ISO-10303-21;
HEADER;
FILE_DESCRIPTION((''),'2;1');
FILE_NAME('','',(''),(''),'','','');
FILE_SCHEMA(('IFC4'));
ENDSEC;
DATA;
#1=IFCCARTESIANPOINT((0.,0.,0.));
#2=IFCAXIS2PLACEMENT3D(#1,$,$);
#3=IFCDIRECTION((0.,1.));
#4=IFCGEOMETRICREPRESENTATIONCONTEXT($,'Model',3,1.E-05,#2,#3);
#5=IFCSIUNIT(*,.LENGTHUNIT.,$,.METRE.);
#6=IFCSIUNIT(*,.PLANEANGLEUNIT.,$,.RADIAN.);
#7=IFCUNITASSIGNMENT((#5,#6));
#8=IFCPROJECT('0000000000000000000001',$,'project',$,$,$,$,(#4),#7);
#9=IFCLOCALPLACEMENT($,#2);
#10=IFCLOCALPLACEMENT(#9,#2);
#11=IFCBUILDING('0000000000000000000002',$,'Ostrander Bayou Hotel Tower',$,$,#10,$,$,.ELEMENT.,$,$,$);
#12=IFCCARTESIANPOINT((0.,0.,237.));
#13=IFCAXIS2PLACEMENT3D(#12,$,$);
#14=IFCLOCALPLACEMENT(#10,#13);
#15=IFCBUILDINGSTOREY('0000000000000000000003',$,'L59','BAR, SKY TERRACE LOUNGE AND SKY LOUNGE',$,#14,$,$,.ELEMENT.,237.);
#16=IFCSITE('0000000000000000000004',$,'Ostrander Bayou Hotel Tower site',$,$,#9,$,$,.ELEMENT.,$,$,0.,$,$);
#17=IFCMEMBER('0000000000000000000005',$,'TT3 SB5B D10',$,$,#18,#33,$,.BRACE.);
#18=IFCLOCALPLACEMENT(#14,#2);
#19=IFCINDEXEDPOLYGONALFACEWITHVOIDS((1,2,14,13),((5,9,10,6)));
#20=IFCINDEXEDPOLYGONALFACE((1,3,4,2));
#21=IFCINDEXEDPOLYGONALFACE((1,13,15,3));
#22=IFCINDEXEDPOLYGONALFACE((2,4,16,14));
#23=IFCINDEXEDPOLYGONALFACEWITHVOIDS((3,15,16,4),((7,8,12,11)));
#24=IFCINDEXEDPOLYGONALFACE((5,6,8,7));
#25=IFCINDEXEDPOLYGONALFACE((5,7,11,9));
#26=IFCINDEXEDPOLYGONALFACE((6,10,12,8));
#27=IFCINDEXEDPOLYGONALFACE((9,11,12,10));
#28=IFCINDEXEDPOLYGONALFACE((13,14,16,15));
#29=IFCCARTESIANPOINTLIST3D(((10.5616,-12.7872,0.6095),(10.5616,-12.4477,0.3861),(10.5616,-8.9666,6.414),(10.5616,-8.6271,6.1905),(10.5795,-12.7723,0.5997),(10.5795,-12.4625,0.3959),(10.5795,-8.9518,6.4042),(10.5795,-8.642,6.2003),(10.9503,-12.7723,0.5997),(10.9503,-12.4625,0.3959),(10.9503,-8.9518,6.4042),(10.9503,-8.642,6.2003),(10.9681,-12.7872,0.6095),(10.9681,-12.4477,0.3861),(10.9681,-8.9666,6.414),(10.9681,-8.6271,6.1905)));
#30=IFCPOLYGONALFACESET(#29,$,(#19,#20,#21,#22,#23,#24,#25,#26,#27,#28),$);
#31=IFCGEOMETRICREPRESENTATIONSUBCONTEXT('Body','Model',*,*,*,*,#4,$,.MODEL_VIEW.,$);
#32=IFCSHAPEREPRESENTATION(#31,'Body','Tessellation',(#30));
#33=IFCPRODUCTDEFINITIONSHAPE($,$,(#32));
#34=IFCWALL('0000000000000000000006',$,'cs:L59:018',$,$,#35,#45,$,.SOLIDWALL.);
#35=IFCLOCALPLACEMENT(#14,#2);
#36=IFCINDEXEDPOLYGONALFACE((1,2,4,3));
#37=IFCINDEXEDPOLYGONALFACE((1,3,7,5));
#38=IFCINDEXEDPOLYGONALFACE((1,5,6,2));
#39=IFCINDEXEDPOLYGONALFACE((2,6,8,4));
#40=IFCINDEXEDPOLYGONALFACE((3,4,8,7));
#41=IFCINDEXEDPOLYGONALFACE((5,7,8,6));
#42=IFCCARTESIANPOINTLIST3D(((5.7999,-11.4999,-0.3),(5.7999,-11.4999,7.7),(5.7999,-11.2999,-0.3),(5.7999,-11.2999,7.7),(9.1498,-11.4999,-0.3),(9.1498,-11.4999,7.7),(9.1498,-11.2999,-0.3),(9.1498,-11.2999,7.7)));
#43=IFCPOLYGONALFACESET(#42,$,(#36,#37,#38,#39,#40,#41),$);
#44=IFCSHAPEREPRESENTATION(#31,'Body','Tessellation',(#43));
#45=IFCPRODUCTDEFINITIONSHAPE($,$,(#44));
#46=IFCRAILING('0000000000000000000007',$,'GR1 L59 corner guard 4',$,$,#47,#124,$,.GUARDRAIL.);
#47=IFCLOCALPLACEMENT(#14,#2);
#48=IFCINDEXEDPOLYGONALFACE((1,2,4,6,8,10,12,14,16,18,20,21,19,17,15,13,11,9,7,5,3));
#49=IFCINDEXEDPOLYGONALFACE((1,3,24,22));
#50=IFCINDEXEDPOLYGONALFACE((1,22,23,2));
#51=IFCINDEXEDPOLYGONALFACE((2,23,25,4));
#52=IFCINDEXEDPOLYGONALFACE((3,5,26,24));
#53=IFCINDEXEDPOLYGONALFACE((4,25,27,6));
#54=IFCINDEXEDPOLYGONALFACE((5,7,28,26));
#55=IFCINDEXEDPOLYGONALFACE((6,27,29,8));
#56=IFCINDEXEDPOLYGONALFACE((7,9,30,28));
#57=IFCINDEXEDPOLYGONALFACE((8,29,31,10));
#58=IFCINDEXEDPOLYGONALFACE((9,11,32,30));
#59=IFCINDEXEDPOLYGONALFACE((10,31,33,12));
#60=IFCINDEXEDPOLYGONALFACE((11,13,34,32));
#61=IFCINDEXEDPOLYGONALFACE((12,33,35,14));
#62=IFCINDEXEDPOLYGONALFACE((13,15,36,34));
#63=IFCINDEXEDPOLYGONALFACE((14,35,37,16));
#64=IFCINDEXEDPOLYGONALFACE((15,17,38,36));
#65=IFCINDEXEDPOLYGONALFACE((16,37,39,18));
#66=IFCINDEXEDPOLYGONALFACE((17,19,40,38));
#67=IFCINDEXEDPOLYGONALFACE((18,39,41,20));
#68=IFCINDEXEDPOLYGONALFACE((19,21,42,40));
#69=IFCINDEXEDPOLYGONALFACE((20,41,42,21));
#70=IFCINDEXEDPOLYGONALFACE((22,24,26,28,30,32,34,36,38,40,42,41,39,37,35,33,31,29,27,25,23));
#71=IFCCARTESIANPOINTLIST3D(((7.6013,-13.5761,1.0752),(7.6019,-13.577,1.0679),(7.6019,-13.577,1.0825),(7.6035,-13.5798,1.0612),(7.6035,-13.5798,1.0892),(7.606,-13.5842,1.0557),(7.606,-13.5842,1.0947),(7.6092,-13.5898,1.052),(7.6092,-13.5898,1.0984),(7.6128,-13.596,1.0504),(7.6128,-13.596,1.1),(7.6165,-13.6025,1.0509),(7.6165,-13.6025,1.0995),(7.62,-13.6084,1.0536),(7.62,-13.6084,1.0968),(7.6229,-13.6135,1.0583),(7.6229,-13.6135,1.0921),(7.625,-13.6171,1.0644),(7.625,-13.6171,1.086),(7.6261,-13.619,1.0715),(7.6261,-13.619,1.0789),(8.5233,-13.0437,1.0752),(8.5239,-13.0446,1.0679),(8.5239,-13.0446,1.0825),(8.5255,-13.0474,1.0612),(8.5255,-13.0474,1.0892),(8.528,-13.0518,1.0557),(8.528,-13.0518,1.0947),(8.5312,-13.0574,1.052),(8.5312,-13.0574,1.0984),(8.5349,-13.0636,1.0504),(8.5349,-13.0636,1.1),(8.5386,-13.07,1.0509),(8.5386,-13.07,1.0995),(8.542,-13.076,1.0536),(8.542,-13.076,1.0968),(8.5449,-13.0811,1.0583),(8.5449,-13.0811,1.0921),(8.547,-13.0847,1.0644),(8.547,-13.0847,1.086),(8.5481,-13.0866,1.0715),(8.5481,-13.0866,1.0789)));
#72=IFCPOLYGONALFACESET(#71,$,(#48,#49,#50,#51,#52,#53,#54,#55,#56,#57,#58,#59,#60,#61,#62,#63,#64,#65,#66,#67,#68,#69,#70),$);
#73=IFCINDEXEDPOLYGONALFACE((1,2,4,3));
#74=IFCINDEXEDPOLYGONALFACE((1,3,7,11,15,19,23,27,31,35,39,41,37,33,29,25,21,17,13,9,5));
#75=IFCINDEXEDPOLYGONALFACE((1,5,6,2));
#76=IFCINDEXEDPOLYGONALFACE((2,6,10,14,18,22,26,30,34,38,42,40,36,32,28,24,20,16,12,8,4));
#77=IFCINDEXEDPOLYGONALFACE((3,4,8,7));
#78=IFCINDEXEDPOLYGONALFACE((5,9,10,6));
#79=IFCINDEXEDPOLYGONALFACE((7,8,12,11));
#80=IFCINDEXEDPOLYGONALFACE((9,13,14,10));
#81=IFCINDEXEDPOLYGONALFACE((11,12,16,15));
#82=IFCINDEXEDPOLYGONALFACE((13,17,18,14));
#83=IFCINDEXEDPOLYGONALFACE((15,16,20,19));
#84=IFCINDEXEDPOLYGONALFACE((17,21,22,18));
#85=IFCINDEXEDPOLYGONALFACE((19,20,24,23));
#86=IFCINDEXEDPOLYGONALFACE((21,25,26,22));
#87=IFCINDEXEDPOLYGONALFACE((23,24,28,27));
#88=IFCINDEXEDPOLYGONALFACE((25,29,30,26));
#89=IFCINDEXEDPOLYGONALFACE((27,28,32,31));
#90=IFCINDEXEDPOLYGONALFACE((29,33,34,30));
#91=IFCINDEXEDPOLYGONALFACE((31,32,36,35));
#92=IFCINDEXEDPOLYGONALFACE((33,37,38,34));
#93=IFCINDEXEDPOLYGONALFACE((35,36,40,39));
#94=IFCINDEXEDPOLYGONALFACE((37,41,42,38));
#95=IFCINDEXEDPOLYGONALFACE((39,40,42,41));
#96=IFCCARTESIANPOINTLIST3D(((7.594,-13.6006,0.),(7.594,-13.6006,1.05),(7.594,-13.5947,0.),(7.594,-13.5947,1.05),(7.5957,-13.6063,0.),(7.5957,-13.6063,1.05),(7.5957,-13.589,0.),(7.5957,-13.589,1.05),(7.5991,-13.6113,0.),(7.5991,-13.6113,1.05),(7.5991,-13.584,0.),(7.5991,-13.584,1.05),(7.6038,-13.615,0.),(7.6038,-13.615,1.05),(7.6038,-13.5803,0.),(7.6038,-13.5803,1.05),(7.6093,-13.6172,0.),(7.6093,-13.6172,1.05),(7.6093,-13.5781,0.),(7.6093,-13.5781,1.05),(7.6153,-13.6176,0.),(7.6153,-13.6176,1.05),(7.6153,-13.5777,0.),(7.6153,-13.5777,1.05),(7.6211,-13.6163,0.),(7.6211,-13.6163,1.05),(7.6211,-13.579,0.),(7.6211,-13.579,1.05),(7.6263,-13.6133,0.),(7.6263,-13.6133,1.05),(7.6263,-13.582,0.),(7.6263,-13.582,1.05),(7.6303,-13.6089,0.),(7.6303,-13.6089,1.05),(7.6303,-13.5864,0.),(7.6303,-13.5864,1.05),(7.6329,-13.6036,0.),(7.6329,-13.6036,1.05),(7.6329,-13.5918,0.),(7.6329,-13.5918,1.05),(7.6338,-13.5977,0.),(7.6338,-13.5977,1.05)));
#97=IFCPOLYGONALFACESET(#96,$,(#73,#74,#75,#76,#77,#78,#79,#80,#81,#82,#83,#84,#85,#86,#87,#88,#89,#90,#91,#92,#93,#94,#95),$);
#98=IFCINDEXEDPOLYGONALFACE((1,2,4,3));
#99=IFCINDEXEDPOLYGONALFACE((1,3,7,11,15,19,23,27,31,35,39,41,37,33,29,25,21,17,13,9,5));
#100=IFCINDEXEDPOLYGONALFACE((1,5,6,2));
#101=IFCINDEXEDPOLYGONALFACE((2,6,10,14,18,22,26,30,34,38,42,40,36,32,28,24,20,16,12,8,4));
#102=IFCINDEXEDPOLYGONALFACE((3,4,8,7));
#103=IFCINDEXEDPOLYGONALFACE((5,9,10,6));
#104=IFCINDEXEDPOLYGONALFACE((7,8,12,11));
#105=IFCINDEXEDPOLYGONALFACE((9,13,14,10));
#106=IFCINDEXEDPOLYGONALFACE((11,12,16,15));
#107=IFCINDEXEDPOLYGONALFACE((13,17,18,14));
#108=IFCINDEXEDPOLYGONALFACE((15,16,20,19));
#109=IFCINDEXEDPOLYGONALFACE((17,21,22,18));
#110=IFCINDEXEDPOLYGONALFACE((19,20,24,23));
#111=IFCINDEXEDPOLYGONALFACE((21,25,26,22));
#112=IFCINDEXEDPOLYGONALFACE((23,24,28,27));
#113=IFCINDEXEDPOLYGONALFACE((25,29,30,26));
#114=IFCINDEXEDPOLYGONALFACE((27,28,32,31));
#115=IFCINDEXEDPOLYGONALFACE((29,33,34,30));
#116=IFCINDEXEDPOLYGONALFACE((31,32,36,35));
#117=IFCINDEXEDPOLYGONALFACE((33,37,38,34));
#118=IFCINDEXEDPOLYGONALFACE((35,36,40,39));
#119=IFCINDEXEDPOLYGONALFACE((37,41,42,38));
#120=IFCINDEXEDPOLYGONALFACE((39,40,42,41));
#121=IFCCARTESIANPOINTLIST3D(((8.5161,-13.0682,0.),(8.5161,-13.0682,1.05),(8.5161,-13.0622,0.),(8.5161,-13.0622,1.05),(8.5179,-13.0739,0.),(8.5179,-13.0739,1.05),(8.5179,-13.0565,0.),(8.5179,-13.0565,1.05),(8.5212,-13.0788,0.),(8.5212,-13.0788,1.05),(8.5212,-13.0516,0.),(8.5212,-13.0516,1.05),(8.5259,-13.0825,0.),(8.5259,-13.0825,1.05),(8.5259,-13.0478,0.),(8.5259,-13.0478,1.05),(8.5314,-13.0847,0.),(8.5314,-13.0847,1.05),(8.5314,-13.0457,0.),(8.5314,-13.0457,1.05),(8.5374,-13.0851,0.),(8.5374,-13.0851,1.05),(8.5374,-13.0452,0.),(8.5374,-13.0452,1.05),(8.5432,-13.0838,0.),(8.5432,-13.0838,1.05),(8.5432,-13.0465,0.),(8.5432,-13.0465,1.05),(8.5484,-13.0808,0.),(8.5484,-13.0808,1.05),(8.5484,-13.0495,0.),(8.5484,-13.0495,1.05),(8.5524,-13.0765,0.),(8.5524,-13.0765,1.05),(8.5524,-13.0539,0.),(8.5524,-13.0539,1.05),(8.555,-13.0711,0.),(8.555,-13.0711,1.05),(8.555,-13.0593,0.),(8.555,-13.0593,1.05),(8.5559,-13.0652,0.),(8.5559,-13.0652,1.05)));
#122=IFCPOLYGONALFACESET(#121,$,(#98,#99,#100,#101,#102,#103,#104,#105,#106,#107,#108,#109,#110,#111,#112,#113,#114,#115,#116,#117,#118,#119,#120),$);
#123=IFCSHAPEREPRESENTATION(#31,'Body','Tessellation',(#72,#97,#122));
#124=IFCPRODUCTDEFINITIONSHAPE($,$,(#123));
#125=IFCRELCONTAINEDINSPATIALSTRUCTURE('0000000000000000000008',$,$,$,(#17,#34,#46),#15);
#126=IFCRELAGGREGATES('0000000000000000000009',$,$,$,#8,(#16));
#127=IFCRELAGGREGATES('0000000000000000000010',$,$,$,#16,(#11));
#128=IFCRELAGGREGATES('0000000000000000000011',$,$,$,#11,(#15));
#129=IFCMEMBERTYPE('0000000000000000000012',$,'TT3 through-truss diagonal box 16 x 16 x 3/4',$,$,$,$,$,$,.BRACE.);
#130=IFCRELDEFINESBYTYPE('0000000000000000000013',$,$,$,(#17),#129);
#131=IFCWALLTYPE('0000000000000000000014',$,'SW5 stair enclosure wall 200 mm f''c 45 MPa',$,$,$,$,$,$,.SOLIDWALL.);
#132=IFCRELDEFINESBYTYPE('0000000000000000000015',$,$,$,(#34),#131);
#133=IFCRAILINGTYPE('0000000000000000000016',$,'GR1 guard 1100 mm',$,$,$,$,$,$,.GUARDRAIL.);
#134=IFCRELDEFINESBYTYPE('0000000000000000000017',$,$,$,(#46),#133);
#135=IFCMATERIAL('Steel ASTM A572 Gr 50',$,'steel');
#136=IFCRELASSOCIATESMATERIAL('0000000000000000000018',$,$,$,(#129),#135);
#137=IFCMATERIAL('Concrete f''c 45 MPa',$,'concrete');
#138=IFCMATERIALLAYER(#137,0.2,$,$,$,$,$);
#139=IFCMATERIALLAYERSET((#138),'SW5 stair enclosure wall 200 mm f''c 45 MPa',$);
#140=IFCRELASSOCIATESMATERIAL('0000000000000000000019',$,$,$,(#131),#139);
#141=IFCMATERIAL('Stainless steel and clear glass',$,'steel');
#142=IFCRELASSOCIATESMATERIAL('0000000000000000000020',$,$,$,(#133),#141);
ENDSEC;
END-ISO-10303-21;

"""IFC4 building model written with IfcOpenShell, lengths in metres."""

from ifc_helpers import new_model, si_unit, direction, frame, frame_2d, origin, origin_2d, place, context, subcontext, project, spatial, rectangle, hollow_rectangle, circle, extrude, material, layer, layer_set, material_profile, profile_set, type_object, element, save


model = new_model("IFC4")

# Units and contexts
model_context = context("Model", 3, precision=1e-05, world=origin(), true_north=direction((0.0, 1.0)))
body_context = subcontext(model_context, "Body", "Model", "MODEL_VIEW")
ifc_project = project(units=[si_unit("LENGTHUNIT", "METRE"), si_unit("PLANEANGLEUNIT", "RADIAN")], contexts=[model_context])

# Site, building, storey
site_placement = place(None, origin())
site = spatial("IfcSite", under=ifc_project, at=site_placement, Name="Ostrander Bayou Hotel Tower site", CompositionType="ELEMENT", RefElevation=0.0)
building_placement = place(site_placement, origin())
building = spatial("IfcBuilding", under=site, at=building_placement, Name="Ostrander Bayou Hotel Tower", CompositionType="ELEMENT")
storey_placement = place(building_placement, frame((0.0, 0.0, 237.0)))
storey = spatial("IfcBuildingStorey", under=building, at=storey_placement, Name="L59", Description="BAR, SKY TERRACE LOUNGE AND SKY LOUNGE", CompositionType="ELEMENT", Elevation=237.0)

# Member
ifc_material_1 = material(Name="Steel ASTM A572 Gr 50", Category="steel")
ifc_material_profile_1 = material_profile(ifc_material_1, hollow_rectangle(XDim=0.4065, YDim=0.4065, WallThickness=0.0178, at=origin_2d()))
ifc_profile_set_1 = profile_set([ifc_material_profile_1], Name="Steel ASTM A572 Gr 50")
member_type_1 = type_object("IfcMemberType", Name="TT3 through-truss diagonal box 16 x 16 x 3/4", PredefinedType="BRACE", material=ifc_profile_set_1)
member_placement = place(storey_placement, frame((10.7649, -12.6174, 0.4978), z_axis=(0.0, 0.549802, 0.835295), x_axis=(-1.0, 0.0, 0.0)))
element("IfcMember", 1, at=member_placement, inside=storey, type_object=member_type_1, Name="TT3 SB5B D10", PredefinedType="BRACE", context=body_context, shape_type="SweptSolid", body=[
    extrude(hollow_rectangle(XDim=0.4065, YDim=0.4065, WallThickness=0.0178, at=origin_2d()), origin(), (0.0, 0.0, 1.0), 6.949),
])

# Wall
ifc_material_2 = material(Name="Concrete f'c 45 MPa", Category="concrete")
ifc_layer_1 = layer(ifc_material_2, 0.2)
ifc_layer_set_1 = layer_set([ifc_layer_1], Name="SW5 stair enclosure wall 200 mm f'c 45 MPa")
wall_type = type_object("IfcWallType", Name="SW5 stair enclosure wall 200 mm f'c 45 MPa", PredefinedType="SOLIDWALL", material=ifc_layer_set_1)
wall_placement = place(storey_placement, frame((5.8, -11.3999, -0.3), z_axis=(0.0, 0.0, 1.0), x_axis=(1.0, 0.0, 0.0)))
element("IfcWall", 2, at=wall_placement, inside=storey, type_object=wall_type, Name="cs:L59:018", PredefinedType="SOLIDWALL", context=body_context, shape_type="SweptSolid", body=[
    extrude(rectangle(XDim=3.3499, YDim=0.2, at=frame_2d((1.6748, 0.0))), origin(), (0.0, 0.0, 1.0), 8.0),
])

# Railing
ifc_material_3 = material(Name="Stainless steel and clear glass", Category="steel")
railing_type_1 = type_object("IfcRailingType", Name="GR1 guard 1100 mm", PredefinedType="GUARDRAIL", material=ifc_material_3)
railing_1_placement = place(storey_placement, frame((7.6138, -13.5977, 0.0)))
element("IfcRailing", 3, at=railing_1_placement, inside=storey, type_object=railing_type_1, Name="GR1 L59 corner guard 4", PredefinedType="GUARDRAIL", context=body_context, shape_type="SweptSolid", body=[
    extrude(circle(Radius=0.0249, at=origin_2d()), frame((0.0, 0.0, 1.0752), z_axis=(0.865991, 0.50006, 0.0), x_axis=(-0.50006, 0.865991, 0.0)), (0.0, 0.0, 1.0), 1.0647),
    extrude(circle(Radius=0.02, at=origin_2d()), origin(), (0.0, 0.0, 1.0), 1.05),
    extrude(circle(Radius=0.02, at=origin_2d()), frame((0.9221, 0.5325, 0.0)), (0.0, 0.0, 1.0), 1.05),
])

save(model, "model.ifc")
